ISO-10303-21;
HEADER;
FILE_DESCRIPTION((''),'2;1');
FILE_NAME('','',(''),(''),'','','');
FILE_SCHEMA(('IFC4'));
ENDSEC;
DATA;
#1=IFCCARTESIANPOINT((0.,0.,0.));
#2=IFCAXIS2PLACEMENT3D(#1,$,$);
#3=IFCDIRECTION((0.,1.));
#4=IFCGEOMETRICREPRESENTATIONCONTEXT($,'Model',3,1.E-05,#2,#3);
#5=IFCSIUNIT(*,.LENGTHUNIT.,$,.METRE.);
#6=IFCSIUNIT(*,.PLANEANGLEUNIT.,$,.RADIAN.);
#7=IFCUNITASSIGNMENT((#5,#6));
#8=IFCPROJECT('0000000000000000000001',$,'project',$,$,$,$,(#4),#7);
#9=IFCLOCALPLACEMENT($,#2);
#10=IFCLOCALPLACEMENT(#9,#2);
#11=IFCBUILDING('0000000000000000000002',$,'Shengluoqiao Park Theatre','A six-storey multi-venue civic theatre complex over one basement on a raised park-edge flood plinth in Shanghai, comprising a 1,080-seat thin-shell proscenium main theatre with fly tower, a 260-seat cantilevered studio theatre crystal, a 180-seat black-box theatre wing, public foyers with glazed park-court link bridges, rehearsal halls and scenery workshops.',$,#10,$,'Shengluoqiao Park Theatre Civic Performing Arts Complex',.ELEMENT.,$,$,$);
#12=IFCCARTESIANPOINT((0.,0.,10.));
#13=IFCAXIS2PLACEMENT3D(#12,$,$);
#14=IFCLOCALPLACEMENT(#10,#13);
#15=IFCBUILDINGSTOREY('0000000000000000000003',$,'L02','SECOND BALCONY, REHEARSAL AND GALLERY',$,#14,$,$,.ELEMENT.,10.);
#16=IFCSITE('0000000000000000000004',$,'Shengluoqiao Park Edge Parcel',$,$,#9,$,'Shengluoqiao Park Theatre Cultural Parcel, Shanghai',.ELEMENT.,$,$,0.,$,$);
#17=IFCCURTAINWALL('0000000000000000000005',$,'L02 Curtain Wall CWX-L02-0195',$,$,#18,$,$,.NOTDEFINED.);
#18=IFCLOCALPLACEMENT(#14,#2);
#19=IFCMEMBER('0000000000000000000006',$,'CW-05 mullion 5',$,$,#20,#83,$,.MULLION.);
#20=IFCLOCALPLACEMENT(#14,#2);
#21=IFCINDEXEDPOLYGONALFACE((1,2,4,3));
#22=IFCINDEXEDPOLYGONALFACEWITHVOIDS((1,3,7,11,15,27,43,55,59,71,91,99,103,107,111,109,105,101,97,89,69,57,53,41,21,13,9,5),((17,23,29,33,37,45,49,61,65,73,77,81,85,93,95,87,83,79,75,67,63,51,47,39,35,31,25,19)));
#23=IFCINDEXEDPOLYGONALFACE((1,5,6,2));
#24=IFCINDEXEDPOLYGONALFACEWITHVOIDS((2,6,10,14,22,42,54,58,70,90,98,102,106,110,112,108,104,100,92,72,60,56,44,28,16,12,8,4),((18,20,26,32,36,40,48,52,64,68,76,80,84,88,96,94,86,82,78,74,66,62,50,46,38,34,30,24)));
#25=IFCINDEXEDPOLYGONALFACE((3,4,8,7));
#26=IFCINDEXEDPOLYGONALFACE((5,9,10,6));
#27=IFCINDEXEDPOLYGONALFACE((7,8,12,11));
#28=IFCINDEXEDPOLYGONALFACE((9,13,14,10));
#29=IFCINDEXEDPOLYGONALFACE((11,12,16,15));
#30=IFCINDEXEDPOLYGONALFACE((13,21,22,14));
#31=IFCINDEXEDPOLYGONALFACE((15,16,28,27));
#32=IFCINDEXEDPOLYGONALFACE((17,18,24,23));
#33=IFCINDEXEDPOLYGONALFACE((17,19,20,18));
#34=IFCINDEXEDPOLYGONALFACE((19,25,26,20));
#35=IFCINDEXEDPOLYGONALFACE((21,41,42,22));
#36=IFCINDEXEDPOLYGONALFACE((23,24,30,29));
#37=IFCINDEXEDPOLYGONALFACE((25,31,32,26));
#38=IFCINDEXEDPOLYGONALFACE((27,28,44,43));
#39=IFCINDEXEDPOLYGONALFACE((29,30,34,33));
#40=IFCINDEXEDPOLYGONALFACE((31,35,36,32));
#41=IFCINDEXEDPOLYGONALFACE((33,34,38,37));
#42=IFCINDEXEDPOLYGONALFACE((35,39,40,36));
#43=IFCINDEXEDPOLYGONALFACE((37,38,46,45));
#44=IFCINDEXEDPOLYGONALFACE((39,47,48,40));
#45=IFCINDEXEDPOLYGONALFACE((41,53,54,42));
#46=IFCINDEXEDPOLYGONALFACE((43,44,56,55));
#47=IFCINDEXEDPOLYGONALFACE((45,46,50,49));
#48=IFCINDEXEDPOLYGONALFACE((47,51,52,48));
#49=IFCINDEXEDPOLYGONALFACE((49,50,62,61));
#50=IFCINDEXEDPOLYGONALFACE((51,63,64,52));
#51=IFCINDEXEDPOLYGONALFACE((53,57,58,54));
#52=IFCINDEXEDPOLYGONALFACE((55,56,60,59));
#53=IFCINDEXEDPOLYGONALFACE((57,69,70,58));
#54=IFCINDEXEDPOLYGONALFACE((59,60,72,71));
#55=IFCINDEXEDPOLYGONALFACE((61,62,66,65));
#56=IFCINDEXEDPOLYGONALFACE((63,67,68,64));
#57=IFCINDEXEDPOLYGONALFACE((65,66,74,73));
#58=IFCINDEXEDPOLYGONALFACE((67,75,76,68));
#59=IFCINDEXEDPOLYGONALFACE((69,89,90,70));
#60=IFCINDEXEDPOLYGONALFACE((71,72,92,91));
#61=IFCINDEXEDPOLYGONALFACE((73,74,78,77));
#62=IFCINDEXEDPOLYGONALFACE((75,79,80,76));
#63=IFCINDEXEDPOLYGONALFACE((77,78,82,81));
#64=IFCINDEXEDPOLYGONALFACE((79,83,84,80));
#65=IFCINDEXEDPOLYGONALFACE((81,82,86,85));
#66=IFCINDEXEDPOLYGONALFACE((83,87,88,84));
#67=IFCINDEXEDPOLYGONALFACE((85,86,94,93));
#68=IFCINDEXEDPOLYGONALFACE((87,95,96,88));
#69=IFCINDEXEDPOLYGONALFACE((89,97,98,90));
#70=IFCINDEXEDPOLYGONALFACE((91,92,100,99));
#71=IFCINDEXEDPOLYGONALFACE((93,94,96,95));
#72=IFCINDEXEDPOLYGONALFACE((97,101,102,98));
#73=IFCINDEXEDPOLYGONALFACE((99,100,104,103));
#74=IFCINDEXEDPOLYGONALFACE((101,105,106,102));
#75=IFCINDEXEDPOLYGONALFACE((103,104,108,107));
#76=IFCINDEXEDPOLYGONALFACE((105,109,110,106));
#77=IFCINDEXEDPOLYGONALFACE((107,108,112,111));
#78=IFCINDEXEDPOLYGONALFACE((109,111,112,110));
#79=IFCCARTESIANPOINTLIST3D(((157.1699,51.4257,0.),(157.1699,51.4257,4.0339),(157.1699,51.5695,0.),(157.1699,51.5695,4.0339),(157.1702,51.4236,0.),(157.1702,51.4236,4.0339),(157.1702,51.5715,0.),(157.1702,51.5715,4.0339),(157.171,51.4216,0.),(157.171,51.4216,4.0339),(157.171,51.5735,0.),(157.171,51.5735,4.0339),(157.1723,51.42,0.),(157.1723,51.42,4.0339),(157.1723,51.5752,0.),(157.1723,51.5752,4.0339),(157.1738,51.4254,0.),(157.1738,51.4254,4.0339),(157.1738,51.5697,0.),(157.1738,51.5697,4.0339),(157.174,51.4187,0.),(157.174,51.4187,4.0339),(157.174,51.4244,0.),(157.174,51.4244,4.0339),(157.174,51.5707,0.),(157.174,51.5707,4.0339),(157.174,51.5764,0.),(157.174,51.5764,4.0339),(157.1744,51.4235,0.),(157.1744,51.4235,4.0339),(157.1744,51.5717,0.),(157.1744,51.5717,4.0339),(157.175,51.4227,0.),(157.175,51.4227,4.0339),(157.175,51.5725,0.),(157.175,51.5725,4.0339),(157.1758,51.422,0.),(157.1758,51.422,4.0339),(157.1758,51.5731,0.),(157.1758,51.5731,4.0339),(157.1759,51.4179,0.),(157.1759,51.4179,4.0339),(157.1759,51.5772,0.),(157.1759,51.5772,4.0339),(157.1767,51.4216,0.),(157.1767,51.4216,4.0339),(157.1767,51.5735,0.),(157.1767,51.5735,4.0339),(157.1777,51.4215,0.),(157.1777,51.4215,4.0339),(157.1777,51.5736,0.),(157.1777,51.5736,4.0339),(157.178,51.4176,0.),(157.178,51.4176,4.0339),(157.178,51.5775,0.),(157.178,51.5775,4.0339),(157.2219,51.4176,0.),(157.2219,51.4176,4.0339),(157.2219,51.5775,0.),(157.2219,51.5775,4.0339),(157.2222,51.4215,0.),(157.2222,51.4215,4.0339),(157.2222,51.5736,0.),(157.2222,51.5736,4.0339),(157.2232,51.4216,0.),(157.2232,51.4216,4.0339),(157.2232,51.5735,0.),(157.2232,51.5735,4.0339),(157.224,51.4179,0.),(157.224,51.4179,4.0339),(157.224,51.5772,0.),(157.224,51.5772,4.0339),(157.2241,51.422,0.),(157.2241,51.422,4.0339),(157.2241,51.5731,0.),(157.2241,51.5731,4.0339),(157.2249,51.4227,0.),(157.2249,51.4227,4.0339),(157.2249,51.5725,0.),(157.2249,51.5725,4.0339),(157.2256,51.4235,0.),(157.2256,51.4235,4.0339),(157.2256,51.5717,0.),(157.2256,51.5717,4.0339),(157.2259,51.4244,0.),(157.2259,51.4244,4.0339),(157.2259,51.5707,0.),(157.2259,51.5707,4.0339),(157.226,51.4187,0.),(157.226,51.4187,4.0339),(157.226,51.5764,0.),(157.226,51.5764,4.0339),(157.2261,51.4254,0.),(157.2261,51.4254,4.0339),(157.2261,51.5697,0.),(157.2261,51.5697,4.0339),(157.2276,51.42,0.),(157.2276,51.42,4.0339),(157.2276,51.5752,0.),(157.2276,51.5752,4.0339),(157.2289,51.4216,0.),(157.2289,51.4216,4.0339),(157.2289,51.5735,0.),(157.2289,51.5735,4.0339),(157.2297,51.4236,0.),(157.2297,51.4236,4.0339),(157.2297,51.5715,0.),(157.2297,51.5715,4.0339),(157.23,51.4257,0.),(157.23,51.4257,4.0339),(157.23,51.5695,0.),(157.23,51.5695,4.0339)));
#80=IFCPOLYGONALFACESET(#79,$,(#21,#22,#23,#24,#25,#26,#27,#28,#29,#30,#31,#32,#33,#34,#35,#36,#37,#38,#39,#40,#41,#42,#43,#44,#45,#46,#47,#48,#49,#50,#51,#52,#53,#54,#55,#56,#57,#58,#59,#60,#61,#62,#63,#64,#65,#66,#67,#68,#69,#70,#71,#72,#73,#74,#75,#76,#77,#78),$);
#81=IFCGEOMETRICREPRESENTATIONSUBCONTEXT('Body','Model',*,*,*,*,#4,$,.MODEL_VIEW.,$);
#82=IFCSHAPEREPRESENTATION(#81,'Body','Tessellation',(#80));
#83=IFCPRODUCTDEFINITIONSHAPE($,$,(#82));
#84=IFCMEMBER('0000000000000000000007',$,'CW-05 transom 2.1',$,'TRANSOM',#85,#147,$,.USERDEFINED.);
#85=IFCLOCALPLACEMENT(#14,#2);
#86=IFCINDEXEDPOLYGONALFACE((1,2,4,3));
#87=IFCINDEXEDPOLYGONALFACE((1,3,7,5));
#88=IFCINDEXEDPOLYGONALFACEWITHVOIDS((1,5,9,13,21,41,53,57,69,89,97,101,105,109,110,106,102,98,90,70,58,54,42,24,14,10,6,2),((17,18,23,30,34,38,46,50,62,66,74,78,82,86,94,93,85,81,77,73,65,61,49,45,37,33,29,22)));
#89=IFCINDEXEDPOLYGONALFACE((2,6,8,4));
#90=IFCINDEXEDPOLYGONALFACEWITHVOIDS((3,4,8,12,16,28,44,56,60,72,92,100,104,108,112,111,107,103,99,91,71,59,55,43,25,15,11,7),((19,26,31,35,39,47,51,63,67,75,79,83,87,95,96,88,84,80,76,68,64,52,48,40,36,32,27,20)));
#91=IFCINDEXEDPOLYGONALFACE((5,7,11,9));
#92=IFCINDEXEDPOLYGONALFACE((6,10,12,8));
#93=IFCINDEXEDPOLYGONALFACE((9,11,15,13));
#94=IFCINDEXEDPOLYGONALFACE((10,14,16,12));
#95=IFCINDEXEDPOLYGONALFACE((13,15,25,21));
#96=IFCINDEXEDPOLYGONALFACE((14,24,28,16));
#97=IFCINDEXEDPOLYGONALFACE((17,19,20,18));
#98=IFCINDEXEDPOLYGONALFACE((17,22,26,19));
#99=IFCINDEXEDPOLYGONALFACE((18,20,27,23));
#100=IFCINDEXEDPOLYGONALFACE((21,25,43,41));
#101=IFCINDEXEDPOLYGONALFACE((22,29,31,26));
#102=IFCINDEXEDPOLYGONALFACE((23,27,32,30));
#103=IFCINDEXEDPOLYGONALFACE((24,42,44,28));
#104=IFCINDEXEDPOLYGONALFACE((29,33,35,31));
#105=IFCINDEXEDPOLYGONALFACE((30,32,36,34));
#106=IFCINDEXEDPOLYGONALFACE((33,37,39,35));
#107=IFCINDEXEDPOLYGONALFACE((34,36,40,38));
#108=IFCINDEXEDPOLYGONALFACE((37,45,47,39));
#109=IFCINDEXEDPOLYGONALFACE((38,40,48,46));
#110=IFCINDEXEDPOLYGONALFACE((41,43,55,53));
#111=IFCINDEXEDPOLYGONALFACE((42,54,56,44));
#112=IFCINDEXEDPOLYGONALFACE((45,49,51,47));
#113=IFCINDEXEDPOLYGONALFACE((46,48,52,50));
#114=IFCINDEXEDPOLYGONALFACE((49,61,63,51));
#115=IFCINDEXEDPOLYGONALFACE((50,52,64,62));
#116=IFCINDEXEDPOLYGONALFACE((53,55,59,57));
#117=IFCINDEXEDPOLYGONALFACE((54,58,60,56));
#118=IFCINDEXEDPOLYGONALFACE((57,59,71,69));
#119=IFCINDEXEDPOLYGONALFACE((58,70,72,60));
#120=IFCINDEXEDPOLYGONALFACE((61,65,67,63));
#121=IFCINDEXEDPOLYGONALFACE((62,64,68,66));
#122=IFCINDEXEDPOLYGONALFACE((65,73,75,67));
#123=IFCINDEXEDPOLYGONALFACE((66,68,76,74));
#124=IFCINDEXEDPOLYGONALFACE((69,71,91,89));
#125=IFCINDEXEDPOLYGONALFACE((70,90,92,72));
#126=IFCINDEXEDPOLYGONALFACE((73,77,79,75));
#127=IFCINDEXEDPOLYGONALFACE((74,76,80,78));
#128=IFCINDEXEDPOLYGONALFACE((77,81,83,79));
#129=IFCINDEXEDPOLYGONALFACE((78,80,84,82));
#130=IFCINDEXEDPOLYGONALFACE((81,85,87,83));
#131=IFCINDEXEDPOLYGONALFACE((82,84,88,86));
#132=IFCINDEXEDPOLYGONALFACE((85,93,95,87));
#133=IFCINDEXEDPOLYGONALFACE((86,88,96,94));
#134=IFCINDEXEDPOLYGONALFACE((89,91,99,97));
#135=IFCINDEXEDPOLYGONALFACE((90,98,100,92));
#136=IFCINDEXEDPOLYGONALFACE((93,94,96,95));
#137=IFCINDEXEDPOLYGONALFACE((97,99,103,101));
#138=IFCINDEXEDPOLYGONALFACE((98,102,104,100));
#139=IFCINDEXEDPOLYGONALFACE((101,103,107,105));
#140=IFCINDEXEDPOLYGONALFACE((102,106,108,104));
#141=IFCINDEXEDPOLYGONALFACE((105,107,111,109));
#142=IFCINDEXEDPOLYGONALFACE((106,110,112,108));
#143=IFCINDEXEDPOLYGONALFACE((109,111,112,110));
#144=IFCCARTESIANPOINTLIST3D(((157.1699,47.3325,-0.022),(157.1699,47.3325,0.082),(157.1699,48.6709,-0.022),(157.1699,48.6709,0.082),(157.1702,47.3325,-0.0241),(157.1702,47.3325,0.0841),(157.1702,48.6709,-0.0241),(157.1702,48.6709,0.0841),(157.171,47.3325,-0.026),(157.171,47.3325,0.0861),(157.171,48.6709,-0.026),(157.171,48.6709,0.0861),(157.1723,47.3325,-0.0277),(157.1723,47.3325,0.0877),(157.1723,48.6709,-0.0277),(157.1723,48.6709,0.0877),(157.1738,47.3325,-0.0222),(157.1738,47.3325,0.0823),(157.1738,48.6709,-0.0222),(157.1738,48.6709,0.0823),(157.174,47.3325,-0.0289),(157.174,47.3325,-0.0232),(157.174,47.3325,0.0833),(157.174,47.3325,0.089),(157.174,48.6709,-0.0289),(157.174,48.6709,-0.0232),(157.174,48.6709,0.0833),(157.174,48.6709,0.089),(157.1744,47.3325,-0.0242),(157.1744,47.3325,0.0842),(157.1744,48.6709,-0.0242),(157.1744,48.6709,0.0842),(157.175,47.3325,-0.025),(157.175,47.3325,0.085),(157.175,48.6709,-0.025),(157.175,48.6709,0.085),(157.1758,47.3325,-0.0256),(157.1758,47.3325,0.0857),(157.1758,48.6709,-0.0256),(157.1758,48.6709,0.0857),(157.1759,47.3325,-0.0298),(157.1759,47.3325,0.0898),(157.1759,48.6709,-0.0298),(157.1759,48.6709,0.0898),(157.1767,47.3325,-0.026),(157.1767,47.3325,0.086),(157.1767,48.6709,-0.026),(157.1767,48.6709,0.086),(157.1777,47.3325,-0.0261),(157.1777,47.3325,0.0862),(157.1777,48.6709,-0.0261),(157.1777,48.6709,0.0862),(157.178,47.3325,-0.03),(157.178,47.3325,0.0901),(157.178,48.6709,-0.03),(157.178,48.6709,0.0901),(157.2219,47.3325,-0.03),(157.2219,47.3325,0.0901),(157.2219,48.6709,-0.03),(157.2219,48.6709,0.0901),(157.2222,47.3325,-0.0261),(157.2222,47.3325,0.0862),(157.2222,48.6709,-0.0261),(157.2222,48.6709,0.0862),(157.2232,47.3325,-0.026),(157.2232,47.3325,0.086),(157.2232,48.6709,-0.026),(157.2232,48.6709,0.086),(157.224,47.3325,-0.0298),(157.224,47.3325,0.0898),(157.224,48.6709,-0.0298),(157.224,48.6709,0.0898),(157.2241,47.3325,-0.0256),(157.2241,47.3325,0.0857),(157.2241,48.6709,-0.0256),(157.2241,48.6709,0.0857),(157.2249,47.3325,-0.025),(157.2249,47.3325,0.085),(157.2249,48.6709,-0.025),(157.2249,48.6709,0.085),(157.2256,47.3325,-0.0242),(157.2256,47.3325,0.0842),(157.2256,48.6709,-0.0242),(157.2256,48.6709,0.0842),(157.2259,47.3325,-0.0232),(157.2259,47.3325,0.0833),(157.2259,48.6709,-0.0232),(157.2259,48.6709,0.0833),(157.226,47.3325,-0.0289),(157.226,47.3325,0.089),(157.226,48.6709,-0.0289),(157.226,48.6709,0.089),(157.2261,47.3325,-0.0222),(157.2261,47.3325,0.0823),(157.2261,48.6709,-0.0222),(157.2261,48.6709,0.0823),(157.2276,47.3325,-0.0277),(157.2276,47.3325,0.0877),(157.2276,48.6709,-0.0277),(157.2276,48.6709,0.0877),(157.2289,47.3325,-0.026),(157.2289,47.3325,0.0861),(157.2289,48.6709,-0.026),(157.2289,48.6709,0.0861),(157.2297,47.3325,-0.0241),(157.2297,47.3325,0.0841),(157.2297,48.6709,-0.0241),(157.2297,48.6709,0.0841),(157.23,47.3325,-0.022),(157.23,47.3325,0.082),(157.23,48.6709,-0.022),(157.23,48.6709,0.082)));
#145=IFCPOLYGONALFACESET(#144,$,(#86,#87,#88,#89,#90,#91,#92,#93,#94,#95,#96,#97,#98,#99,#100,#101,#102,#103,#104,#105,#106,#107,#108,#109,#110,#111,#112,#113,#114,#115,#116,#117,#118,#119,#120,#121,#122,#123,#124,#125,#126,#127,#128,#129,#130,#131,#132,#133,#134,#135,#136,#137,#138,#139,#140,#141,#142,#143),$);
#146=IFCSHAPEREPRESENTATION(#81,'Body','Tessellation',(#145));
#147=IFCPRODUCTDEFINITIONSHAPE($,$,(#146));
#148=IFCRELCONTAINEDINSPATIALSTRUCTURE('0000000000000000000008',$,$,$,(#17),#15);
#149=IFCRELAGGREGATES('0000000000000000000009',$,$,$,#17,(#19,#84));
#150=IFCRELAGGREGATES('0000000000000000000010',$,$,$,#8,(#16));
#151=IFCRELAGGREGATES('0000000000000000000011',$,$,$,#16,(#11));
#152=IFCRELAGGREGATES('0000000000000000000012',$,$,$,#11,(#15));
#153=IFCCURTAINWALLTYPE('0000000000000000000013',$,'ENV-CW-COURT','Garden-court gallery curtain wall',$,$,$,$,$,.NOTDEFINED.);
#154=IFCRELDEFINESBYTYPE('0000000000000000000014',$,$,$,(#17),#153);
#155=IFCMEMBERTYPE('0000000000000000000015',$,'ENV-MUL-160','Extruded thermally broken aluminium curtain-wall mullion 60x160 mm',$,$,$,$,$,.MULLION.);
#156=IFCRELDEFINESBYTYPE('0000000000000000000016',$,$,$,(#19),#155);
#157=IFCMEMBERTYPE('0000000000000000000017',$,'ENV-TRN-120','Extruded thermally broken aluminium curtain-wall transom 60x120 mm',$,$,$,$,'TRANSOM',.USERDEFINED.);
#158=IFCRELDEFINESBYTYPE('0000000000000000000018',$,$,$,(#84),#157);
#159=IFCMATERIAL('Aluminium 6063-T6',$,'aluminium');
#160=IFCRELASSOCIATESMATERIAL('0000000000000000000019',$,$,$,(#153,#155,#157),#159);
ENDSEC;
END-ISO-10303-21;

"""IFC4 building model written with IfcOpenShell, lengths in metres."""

from ifc_helpers import new_model, si_unit, direction, frame, origin, origin_2d, place, context, subcontext, project, spatial, hollow_rectangle, extrude, material, material_profile, profile_set, type_object, element, aggregate, save


model = new_model("IFC4")

# Units and contexts
model_context = context("Model", 3, precision=1e-05, world=origin(), true_north=direction((0.0, 1.0)))
body_context = subcontext(model_context, "Body", "Model", "MODEL_VIEW")
ifc_project = project(units=[si_unit("LENGTHUNIT", "METRE"), si_unit("PLANEANGLEUNIT", "RADIAN")], contexts=[model_context])

# Site, building, storey
site_placement = place(None, origin())
site = spatial("IfcSite", under=ifc_project, at=site_placement, Name="Shengluoqiao Park Edge Parcel", LongName="Shengluoqiao Park Theatre Cultural Parcel, Shanghai", CompositionType="ELEMENT", RefElevation=0.0)
building_placement = place(site_placement, origin())
building = spatial("IfcBuilding", under=site, at=building_placement, Name="Shengluoqiao Park Theatre", Description="A six-storey multi-venue civic theatre complex over one basement on a raised park-edge flood plinth in Shanghai, comprising a 1,080-seat thin-shell proscenium main theatre with fly tower, a 260-seat cantilevered studio theatre crystal, a 180-seat black-box theatre wing, public foyers with glazed park-court link bridges, rehearsal halls and scenery workshops.", LongName="Shengluoqiao Park Theatre Civic Performing Arts Complex", CompositionType="ELEMENT")
storey_placement = place(building_placement, frame((0.0, 0.0, 10.0)))
storey = spatial("IfcBuildingStorey", under=building, at=storey_placement, Name="L02", Description="SECOND BALCONY, REHEARSAL AND GALLERY", CompositionType="ELEMENT", Elevation=10.0)

# Curtain wall, members
ifc_material_1 = material(Name="Aluminium 6063-T6", Category="aluminium")
curtain_wall_type = type_object("IfcCurtainWallType", Name="ENV-CW-COURT", Description="Garden-court gallery curtain wall", PredefinedType="NOTDEFINED", material=ifc_material_1)
curtain_wall_placement = place(storey_placement, origin())
curtain_wall = element("IfcCurtainWall", 1, at=curtain_wall_placement, inside=storey, type_object=curtain_wall_type, Name="L02 Curtain Wall CWX-L02-0195", PredefinedType="NOTDEFINED")
ifc_material_profile_1 = material_profile(ifc_material_1, hollow_rectangle(XDim=0.0601, YDim=0.1599, WallThickness=0.0039, InnerFilletRadius=0.0039, OuterFilletRadius=0.0081, at=origin_2d()), Name="ALU MULLION 160x60x4")
ifc_profile_set_1 = profile_set([ifc_material_profile_1], Name="Aluminium 6063-T6")
member_type_1 = type_object("IfcMemberType", Name="ENV-MUL-160", Description="Extruded thermally broken aluminium curtain-wall mullion 60x160 mm", PredefinedType="MULLION", material=ifc_profile_set_1)
member_1_placement = place(storey_placement, frame((157.2, 51.4976, 0.0), z_axis=(0.0, 0.0, 1.0), x_axis=(-1.0, 0.0, 0.0)))
member_1 = element("IfcMember", 2, at=member_1_placement, type_object=member_type_1, Name="CW-05 mullion 5", PredefinedType="MULLION", context=body_context, shape_type="SweptSolid", body=[
    extrude(hollow_rectangle(XDim=0.0601, YDim=0.1599, WallThickness=0.0039, InnerFilletRadius=0.0039, OuterFilletRadius=0.0081, at=origin_2d()), origin(), (0.0, 0.0, 1.0), 4.0339),
])
ifc_material_profile_2 = material_profile(ifc_material_1, hollow_rectangle(XDim=0.0601, YDim=0.1201, WallThickness=0.0039, InnerFilletRadius=0.0039, OuterFilletRadius=0.0081, at=origin_2d()), Name="ALU TRANSOM 120x60x4")
ifc_profile_set_2 = profile_set([ifc_material_profile_2], Name="Aluminium 6063-T6")
member_type_2 = type_object("IfcMemberType", Name="ENV-TRN-120", Description="Extruded thermally broken aluminium curtain-wall transom 60x120 mm", ElementType="TRANSOM", PredefinedType="USERDEFINED", material=ifc_profile_set_2)
member_2_placement = place(storey_placement, frame((157.2, 47.3325, 0.03), z_axis=(0.0, 1.0, 0.0), x_axis=(-1.0, 0.0, 0.0)))
member_2 = element("IfcMember", 3, at=member_2_placement, type_object=member_type_2, Name="CW-05 transom 2.1", ObjectType="TRANSOM", PredefinedType="USERDEFINED", context=body_context, shape_type="SweptSolid", body=[
    extrude(hollow_rectangle(XDim=0.0601, YDim=0.1201, WallThickness=0.0039, InnerFilletRadius=0.0039, OuterFilletRadius=0.0081, at=origin_2d()), origin(), (0.0, 0.0, 1.0), 1.3384),
])

aggregate(curtain_wall, [member_1, member_2])

save(model, "model.ifc")
